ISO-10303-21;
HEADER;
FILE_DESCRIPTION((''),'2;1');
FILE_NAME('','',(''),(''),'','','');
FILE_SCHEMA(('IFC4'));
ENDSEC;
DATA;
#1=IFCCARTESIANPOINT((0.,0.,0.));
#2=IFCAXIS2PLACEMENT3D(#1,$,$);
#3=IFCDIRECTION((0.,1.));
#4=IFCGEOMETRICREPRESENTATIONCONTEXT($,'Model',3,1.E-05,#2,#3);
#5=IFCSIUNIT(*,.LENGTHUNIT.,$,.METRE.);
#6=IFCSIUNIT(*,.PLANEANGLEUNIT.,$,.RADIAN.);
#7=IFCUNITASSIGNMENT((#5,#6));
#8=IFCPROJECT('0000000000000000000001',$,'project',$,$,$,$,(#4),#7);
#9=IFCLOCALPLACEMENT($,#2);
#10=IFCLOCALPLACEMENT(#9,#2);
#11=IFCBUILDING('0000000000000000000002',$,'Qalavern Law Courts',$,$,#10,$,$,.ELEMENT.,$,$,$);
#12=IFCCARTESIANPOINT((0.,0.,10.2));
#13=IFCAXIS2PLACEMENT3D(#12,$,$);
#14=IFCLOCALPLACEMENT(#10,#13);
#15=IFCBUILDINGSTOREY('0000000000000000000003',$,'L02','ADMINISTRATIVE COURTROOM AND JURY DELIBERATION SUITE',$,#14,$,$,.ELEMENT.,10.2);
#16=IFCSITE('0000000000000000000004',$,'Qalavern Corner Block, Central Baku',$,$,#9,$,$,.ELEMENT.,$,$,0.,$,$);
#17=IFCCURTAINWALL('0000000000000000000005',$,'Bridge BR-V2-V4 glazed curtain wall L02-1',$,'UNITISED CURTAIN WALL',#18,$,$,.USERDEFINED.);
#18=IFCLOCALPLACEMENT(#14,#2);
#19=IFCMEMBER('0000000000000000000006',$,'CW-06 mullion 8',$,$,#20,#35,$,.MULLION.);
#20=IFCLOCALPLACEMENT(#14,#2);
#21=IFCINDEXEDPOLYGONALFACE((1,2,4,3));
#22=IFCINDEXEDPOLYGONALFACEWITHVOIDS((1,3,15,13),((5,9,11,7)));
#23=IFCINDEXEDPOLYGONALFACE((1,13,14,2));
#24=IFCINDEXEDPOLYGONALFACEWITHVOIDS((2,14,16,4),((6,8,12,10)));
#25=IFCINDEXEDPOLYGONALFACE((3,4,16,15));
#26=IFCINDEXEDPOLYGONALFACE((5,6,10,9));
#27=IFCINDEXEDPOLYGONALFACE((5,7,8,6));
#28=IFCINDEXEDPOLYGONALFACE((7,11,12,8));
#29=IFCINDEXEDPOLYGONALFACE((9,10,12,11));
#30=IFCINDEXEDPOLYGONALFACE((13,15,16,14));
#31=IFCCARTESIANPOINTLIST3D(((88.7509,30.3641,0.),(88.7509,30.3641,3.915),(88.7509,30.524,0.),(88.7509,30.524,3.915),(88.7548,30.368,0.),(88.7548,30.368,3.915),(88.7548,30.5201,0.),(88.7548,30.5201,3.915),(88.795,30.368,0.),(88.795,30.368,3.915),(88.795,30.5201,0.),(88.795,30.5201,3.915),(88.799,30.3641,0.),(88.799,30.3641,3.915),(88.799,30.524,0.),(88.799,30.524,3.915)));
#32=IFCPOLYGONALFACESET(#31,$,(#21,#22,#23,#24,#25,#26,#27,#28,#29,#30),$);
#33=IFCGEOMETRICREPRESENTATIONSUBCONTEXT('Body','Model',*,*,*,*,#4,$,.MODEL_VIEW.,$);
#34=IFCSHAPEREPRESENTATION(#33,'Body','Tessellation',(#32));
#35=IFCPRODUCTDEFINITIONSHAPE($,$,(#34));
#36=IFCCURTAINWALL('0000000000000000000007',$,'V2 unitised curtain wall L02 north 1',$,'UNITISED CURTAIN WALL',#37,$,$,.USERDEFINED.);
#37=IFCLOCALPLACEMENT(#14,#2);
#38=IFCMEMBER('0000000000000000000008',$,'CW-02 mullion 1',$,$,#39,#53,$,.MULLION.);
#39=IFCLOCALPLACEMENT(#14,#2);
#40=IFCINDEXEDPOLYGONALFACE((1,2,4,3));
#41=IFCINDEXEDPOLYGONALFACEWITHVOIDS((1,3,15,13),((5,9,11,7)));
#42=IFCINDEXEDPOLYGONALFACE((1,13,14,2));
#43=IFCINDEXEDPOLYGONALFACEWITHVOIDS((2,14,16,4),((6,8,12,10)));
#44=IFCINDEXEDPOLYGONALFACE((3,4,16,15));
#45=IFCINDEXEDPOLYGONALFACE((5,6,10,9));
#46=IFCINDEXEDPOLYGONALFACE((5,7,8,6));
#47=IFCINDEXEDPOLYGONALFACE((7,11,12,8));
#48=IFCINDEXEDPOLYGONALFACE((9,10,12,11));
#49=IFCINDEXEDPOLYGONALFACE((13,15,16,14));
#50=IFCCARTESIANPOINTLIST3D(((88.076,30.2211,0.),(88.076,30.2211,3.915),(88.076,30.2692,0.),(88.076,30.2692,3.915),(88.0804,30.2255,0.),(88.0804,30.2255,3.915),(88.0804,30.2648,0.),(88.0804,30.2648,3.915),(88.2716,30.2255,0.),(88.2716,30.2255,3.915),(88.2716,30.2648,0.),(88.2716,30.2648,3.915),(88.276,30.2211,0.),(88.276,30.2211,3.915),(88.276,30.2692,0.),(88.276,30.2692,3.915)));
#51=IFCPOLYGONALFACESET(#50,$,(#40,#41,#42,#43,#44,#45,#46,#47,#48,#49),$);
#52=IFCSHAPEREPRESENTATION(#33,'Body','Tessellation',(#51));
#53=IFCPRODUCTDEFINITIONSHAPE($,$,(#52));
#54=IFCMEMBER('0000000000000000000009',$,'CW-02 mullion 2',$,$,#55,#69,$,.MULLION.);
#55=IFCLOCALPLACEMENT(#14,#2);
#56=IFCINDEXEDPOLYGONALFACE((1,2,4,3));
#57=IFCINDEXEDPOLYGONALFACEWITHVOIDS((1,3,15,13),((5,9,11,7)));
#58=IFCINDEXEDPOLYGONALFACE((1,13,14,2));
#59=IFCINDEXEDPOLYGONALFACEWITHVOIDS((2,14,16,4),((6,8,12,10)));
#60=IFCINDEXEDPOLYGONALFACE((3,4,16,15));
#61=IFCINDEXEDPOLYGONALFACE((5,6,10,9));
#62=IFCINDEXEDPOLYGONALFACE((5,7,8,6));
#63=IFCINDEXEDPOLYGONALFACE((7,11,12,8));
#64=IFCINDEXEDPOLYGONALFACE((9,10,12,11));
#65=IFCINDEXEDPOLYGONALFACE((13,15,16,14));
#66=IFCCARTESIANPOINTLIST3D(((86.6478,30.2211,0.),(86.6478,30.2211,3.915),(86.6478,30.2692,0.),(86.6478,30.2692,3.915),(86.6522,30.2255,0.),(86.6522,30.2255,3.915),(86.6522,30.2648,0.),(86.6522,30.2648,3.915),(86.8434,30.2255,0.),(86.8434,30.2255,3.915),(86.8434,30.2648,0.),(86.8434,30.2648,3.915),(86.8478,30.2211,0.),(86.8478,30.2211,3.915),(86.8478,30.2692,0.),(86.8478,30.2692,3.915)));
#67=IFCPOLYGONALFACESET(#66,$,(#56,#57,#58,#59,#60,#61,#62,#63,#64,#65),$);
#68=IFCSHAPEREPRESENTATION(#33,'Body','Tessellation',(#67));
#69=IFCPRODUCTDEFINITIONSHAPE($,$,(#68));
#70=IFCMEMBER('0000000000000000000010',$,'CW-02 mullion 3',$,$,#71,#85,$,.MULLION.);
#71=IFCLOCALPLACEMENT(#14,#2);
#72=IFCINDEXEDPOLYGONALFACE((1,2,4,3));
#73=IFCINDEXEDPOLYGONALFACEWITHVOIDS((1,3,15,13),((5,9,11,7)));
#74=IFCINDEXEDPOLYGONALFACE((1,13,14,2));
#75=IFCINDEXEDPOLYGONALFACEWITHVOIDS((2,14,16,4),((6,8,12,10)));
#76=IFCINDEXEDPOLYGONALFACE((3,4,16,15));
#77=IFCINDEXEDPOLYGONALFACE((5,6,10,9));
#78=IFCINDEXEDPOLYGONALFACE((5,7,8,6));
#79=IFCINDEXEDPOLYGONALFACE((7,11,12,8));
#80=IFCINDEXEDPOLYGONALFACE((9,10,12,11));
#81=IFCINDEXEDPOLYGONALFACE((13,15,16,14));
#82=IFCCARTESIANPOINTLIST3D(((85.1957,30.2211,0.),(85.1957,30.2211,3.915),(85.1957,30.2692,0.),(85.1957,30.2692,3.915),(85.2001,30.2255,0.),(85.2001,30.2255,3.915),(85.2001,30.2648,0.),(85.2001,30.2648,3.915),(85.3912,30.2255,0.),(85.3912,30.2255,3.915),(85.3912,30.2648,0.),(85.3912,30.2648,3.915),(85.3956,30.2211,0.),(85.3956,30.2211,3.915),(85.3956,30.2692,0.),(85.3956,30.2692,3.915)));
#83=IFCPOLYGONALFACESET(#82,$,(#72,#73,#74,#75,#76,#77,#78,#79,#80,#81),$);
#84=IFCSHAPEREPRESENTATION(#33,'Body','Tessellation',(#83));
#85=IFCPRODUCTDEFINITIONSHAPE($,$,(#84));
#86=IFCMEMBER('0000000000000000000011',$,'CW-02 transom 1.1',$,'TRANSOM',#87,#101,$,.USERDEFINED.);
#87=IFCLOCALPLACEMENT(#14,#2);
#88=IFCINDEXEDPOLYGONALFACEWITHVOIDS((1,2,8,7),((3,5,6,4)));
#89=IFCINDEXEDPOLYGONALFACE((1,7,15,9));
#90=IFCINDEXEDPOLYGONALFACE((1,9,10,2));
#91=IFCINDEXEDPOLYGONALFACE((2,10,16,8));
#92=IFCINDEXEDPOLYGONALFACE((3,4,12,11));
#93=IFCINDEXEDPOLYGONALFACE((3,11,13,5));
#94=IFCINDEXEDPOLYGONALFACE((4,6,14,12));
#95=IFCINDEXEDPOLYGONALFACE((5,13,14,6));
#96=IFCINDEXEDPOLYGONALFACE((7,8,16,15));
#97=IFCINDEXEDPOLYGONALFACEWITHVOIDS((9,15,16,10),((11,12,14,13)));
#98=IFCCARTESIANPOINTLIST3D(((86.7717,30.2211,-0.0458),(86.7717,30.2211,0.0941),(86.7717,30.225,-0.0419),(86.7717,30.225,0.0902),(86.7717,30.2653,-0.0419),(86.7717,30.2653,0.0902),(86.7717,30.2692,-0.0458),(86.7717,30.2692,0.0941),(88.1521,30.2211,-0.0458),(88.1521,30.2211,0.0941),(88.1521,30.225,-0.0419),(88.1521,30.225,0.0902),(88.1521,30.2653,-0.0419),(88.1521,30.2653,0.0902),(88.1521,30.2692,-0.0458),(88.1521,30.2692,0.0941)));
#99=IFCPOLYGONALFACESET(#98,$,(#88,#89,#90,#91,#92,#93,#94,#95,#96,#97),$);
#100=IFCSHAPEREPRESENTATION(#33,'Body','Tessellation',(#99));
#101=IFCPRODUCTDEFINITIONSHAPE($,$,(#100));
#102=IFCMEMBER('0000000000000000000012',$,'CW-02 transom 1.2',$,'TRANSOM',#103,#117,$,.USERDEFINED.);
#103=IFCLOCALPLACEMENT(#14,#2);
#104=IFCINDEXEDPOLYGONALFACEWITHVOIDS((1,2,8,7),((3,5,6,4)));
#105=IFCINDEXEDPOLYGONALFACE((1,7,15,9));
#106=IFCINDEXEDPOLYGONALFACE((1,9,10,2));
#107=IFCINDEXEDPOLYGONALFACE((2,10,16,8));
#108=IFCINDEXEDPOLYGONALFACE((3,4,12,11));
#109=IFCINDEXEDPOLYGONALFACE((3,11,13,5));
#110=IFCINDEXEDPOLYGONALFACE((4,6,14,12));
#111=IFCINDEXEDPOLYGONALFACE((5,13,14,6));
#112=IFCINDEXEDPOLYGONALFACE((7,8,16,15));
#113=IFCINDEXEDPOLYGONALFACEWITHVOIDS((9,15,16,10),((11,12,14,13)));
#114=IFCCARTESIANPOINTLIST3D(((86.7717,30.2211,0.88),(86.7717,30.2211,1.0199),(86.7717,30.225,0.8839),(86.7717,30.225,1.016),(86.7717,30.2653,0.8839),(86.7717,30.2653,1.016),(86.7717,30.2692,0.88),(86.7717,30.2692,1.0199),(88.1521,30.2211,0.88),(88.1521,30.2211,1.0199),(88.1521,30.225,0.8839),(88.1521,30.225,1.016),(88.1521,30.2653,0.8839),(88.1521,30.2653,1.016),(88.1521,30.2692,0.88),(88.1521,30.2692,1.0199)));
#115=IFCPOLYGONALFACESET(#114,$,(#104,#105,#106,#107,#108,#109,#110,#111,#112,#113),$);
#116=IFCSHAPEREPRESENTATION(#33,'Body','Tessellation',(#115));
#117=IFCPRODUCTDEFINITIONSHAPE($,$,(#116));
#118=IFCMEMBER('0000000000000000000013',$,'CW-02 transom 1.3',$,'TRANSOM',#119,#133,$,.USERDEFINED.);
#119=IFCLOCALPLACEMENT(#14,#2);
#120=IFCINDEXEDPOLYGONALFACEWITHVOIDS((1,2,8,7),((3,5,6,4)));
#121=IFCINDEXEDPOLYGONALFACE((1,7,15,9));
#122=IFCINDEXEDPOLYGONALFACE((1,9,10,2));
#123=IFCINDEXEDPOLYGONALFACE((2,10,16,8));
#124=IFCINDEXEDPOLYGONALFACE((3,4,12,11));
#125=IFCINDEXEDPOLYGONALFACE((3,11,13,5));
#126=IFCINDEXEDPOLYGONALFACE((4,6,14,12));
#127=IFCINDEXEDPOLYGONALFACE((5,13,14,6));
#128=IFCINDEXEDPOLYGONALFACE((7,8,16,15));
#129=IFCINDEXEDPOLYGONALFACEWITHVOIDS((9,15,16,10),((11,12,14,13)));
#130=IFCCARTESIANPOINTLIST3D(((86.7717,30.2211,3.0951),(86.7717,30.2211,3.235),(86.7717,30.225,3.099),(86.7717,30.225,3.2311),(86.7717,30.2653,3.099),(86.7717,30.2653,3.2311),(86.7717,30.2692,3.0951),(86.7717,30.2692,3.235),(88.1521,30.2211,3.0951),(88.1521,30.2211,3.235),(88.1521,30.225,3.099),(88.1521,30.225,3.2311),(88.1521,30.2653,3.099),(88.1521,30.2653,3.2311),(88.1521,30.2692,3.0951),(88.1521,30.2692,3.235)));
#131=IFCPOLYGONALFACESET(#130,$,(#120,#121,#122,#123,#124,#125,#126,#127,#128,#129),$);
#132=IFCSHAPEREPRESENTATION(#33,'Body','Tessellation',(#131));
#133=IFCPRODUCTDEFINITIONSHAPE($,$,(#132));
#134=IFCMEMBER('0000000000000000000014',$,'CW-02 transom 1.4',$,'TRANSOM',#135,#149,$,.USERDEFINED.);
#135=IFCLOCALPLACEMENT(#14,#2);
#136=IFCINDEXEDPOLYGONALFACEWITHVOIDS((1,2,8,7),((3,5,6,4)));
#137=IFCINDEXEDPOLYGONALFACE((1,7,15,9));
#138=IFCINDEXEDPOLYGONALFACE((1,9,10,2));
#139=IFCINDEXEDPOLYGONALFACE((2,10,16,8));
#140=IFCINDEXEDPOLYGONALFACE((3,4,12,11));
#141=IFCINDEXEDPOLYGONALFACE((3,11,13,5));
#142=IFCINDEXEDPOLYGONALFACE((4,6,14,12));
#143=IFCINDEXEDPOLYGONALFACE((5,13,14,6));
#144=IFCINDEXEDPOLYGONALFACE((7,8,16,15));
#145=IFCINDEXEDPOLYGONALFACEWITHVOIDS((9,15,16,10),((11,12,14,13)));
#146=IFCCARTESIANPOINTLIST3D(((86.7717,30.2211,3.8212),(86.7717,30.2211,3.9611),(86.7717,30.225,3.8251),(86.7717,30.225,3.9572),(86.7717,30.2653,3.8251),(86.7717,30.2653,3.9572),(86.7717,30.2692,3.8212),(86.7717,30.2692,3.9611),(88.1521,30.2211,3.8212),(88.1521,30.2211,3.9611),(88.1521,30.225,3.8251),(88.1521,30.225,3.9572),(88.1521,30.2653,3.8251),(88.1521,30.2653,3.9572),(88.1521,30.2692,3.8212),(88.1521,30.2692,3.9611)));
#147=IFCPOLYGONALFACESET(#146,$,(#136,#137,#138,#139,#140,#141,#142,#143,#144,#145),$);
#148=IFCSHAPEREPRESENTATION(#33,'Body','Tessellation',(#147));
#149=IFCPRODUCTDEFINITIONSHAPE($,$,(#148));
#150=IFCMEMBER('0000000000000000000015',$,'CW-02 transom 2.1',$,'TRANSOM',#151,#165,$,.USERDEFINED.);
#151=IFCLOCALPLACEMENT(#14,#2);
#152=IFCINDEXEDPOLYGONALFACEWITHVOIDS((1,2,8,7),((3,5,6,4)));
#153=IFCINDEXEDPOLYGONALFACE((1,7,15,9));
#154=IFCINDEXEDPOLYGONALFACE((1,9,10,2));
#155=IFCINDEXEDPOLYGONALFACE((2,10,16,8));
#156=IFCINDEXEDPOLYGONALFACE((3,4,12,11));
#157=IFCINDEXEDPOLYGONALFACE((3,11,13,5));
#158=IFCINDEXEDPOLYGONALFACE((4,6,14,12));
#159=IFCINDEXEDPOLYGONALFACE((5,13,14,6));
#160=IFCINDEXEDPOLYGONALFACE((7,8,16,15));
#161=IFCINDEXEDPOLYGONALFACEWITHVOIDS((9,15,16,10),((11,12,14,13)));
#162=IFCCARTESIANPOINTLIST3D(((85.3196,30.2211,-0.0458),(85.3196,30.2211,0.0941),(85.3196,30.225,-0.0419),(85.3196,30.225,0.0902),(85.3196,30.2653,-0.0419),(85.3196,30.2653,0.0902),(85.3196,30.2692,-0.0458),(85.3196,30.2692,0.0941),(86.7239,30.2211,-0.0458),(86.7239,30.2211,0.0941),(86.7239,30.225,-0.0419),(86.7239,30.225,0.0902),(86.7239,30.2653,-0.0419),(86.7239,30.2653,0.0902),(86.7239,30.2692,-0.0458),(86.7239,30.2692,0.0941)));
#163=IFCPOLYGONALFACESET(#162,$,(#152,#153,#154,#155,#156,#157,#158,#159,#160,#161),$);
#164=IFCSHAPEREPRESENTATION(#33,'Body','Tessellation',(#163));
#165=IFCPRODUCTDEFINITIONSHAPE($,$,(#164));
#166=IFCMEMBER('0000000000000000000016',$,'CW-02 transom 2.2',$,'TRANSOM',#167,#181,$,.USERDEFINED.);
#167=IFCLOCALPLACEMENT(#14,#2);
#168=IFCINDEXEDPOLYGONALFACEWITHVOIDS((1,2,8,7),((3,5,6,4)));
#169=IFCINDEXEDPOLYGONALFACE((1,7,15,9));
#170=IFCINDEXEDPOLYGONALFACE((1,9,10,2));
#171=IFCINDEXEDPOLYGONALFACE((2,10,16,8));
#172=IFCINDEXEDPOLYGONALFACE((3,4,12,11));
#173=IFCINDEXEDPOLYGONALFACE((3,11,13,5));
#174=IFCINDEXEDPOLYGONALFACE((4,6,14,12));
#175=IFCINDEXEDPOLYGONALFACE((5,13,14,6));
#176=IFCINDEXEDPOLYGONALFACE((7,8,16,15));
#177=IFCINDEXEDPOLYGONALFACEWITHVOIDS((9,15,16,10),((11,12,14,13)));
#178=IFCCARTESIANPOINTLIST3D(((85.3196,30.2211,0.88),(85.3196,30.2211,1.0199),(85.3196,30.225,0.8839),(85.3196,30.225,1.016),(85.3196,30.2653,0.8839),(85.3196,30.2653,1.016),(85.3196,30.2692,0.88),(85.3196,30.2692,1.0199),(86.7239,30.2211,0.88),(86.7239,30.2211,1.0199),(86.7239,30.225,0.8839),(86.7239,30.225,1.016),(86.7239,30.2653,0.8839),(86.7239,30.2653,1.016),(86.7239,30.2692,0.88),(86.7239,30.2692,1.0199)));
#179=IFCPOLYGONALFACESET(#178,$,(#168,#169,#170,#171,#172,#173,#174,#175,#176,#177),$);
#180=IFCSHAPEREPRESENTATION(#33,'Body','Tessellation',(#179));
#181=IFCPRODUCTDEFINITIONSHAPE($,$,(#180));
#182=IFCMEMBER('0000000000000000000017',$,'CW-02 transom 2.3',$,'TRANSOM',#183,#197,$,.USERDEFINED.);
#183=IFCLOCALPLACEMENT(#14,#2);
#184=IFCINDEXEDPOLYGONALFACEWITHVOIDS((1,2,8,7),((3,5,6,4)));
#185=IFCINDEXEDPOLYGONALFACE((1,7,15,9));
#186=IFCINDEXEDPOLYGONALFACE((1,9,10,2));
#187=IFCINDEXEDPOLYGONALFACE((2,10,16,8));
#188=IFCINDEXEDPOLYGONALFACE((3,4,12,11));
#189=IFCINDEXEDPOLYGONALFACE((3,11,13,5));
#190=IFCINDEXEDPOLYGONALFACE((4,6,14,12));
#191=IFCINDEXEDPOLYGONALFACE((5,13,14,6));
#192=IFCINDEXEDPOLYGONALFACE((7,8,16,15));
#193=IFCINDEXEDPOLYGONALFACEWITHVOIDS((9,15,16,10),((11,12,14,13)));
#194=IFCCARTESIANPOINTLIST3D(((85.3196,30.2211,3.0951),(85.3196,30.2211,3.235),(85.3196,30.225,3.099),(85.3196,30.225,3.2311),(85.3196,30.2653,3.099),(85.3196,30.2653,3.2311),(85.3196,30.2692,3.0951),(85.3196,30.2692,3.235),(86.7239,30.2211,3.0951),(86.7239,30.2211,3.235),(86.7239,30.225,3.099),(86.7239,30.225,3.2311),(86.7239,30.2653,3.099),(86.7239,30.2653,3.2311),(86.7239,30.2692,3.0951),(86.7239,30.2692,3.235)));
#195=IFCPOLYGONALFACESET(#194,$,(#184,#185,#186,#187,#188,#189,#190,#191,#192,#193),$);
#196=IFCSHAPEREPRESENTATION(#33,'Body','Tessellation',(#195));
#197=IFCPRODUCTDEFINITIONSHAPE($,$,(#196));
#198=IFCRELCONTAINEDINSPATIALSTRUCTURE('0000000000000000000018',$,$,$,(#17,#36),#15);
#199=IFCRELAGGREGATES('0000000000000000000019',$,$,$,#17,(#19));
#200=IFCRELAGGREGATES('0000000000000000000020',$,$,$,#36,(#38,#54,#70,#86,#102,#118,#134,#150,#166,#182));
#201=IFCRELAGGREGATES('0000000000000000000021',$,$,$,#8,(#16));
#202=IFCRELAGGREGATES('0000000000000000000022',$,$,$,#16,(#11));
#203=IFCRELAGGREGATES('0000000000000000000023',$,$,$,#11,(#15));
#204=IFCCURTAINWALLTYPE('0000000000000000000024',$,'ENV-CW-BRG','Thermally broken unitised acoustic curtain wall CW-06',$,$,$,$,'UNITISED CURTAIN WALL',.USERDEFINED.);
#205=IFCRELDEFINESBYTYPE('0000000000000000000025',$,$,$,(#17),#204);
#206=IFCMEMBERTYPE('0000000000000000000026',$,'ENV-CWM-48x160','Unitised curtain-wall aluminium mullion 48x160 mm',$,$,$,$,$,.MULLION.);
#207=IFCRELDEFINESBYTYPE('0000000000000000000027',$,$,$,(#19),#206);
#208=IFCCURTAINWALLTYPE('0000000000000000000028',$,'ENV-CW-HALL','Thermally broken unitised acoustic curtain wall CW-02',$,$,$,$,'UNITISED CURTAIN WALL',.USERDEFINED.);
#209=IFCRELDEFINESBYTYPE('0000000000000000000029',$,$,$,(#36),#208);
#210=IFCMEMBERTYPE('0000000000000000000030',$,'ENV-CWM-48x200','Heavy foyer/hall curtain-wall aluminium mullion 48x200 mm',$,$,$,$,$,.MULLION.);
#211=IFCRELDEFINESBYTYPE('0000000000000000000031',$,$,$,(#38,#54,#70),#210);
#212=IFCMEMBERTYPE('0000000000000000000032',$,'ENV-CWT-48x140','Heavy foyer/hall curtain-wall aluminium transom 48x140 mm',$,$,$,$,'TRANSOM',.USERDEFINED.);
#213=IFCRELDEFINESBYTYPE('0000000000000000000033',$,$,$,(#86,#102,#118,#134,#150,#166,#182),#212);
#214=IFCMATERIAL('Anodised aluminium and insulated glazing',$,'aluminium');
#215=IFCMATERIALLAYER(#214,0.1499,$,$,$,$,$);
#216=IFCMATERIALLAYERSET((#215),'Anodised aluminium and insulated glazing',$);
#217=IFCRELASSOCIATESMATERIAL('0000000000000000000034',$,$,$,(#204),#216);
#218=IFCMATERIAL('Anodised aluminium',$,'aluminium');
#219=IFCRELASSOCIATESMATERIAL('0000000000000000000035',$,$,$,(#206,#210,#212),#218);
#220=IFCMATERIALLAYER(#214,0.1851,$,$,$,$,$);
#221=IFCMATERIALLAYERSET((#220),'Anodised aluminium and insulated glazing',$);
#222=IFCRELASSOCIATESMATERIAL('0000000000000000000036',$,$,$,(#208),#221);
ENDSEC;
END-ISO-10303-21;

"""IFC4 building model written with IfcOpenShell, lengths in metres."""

from ifc_helpers import new_model, si_unit, direction, frame, origin, origin_2d, place, context, subcontext, project, spatial, hollow_rectangle, extrude, material, layer, layer_set, material_profile, profile_set, type_object, element, aggregate, save


model = new_model("IFC4")

# Units and contexts
model_context = context("Model", 3, precision=1e-05, world=origin(), true_north=direction((0.0, 1.0)))
body_context = subcontext(model_context, "Body", "Model", "MODEL_VIEW")
ifc_project = project(units=[si_unit("LENGTHUNIT", "METRE"), si_unit("PLANEANGLEUNIT", "RADIAN")], contexts=[model_context])

# Site, building, storey
site_placement = place(None, origin())
site = spatial("IfcSite", under=ifc_project, at=site_placement, Name="Qalavern Corner Block, Central Baku", CompositionType="ELEMENT", RefElevation=0.0)
building_placement = place(site_placement, origin())
building = spatial("IfcBuilding", under=site, at=building_placement, Name="Qalavern Law Courts", CompositionType="ELEMENT")
storey_placement = place(building_placement, frame((0.0, 0.0, 10.2)))
storey = spatial("IfcBuildingStorey", under=building, at=storey_placement, Name="L02", Description="ADMINISTRATIVE COURTROOM AND JURY DELIBERATION SUITE", CompositionType="ELEMENT", Elevation=10.2)

# Curtain wall, member
ifc_material_1 = material(Name="Anodised aluminium and insulated glazing", Category="aluminium")
ifc_layer_1 = layer(ifc_material_1, 0.1499)
ifc_layer_set_1 = layer_set([ifc_layer_1], Name="Anodised aluminium and insulated glazing")
curtain_wall_type_1 = type_object("IfcCurtainWallType", Name="ENV-CW-BRG", Description="Thermally broken unitised acoustic curtain wall CW-06", ElementType="UNITISED CURTAIN WALL", PredefinedType="USERDEFINED", material=ifc_layer_set_1)
curtain_wall_1_placement = place(storey_placement, origin())
curtain_wall_1 = element("IfcCurtainWall", 1, at=curtain_wall_1_placement, inside=storey, type_object=curtain_wall_type_1, Name="Bridge BR-V2-V4 glazed curtain wall L02-1", ObjectType="UNITISED CURTAIN WALL", PredefinedType="USERDEFINED")
ifc_material_2 = material(Name="Anodised aluminium", Category="aluminium")
ifc_material_profile_1 = material_profile(ifc_material_2, hollow_rectangle(XDim=0.0481, YDim=0.1599, WallThickness=0.0039, at=origin_2d()), Name="ALU MULLION 48x160")
ifc_profile_set_1 = profile_set([ifc_material_profile_1], Name="Anodised aluminium")
member_type_1 = type_object("IfcMemberType", Name="ENV-CWM-48x160", Description="Unitised curtain-wall aluminium mullion 48x160 mm", PredefinedType="MULLION", material=ifc_profile_set_1)
member_1_placement = place(storey_placement, frame((88.7749, 30.4441, 0.0), z_axis=(0.0, 0.0, 1.0), x_axis=(1.0, 0.0, 0.0)))
member_1 = element("IfcMember", 2, at=member_1_placement, type_object=member_type_1, Name="CW-06 mullion 8", PredefinedType="MULLION", context=body_context, shape_type="SweptSolid", body=[
    extrude(hollow_rectangle(XDim=0.0481, YDim=0.1599, WallThickness=0.0039, at=origin_2d()), origin(), (0.0, 0.0, 1.0), 3.915),
])
aggregate(curtain_wall_1, [member_1])

# Curtain wall, members
ifc_layer_2 = layer(ifc_material_1, 0.1851)
ifc_layer_set_2 = layer_set([ifc_layer_2], Name="Anodised aluminium and insulated glazing")
curtain_wall_type_2 = type_object("IfcCurtainWallType", Name="ENV-CW-HALL", Description="Thermally broken unitised acoustic curtain wall CW-02", ElementType="UNITISED CURTAIN WALL", PredefinedType="USERDEFINED", material=ifc_layer_set_2)
curtain_wall_2_placement = place(storey_placement, origin())
curtain_wall_2 = element("IfcCurtainWall", 3, at=curtain_wall_2_placement, inside=storey, type_object=curtain_wall_type_2, Name="V2 unitised curtain wall L02 north 1", ObjectType="UNITISED CURTAIN WALL", PredefinedType="USERDEFINED")
ifc_material_profile_2 = material_profile(ifc_material_2, hollow_rectangle(XDim=0.0481, YDim=0.2, WallThickness=0.0044, at=origin_2d()), Name="ALU MULLION 48x200")
ifc_profile_set_2 = profile_set([ifc_material_profile_2], Name="Anodised aluminium")
member_type_2 = type_object("IfcMemberType", Name="ENV-CWM-48x200", Description="Heavy foyer/hall curtain-wall aluminium mullion 48x200 mm", PredefinedType="MULLION", material=ifc_profile_set_2)
member_2_placement = place(storey_placement, frame((88.176, 30.2451, 0.0), z_axis=(0.0, 0.0, 1.0), x_axis=(0.0, -1.0, 0.0)))
member_2 = element("IfcMember", 4, at=member_2_placement, type_object=member_type_2, Name="CW-02 mullion 1", PredefinedType="MULLION", context=body_context, shape_type="SweptSolid", body=[
    extrude(hollow_rectangle(XDim=0.0481, YDim=0.2, WallThickness=0.0044, at=origin_2d()), origin(), (0.0, 0.0, 1.0), 3.915),
])
member_3_placement = place(storey_placement, frame((86.7478, 30.2451, 0.0), z_axis=(0.0, 0.0, 1.0), x_axis=(0.0, -1.0, 0.0)))
member_3 = element("IfcMember", 5, at=member_3_placement, type_object=member_type_2, Name="CW-02 mullion 2", PredefinedType="MULLION", context=body_context, shape_type="SweptSolid", body=[
    extrude(hollow_rectangle(XDim=0.0481, YDim=0.2, WallThickness=0.0044, at=origin_2d()), origin(), (0.0, 0.0, 1.0), 3.915),
])
member_4_placement = place(storey_placement, frame((85.2957, 30.2451, 0.0), z_axis=(0.0, 0.0, 1.0), x_axis=(0.0, -1.0, 0.0)))
member_4 = element("IfcMember", 6, at=member_4_placement, type_object=member_type_2, Name="CW-02 mullion 3", PredefinedType="MULLION", context=body_context, shape_type="SweptSolid", body=[
    extrude(hollow_rectangle(XDim=0.0481, YDim=0.2, WallThickness=0.0044, at=origin_2d()), origin(), (0.0, 0.0, 1.0), 3.915),
])
ifc_material_profile_3 = material_profile(ifc_material_2, hollow_rectangle(XDim=0.0481, YDim=0.1399, WallThickness=0.0039, at=origin_2d()), Name="ALU TRANSOM 48x140")
ifc_profile_set_3 = profile_set([ifc_material_profile_3], Name="Anodised aluminium")
member_type_3 = type_object("IfcMemberType", Name="ENV-CWT-48x140", Description="Heavy foyer/hall curtain-wall aluminium transom 48x140 mm", ElementType="TRANSOM", PredefinedType="USERDEFINED", material=ifc_profile_set_3)
member_5_placement = place(storey_placement, frame((88.1521, 30.2451, 0.0242), z_axis=(-1.0, 0.0, 0.0), x_axis=(0.0, -1.0, 0.0)))
member_5 = element("IfcMember", 7, at=member_5_placement, type_object=member_type_3, Name="CW-02 transom 1.1", ObjectType="TRANSOM", PredefinedType="USERDEFINED", context=body_context, shape_type="SweptSolid", body=[
    extrude(hollow_rectangle(XDim=0.0481, YDim=0.1399, WallThickness=0.0039, at=origin_2d()), origin(), (0.0, 0.0, 1.0), 1.3804),
])
member_6_placement = place(storey_placement, frame((88.1521, 30.2451, 0.95), z_axis=(-1.0, 0.0, 0.0), x_axis=(0.0, -1.0, 0.0)))
member_6 = element("IfcMember", 8, at=member_6_placement, type_object=member_type_3, Name="CW-02 transom 1.2", ObjectType="TRANSOM", PredefinedType="USERDEFINED", context=body_context, shape_type="SweptSolid", body=[
    extrude(hollow_rectangle(XDim=0.0481, YDim=0.1399, WallThickness=0.0039, at=origin_2d()), origin(), (0.0, 0.0, 1.0), 1.3804),
])
member_7_placement = place(storey_placement, frame((88.1521, 30.2451, 3.165), z_axis=(-1.0, 0.0, 0.0), x_axis=(0.0, -1.0, 0.0)))
member_7 = element("IfcMember", 9, at=member_7_placement, type_object=member_type_3, Name="CW-02 transom 1.3", ObjectType="TRANSOM", PredefinedType="USERDEFINED", context=body_context, shape_type="SweptSolid", body=[
    extrude(hollow_rectangle(XDim=0.0481, YDim=0.1399, WallThickness=0.0039, at=origin_2d()), origin(), (0.0, 0.0, 1.0), 1.3804),
])
member_8_placement = place(storey_placement, frame((88.1521, 30.2451, 3.8911), z_axis=(-1.0, 0.0, 0.0), x_axis=(0.0, -1.0, 0.0)))
member_8 = element("IfcMember", 10, at=member_8_placement, type_object=member_type_3, Name="CW-02 transom 1.4", ObjectType="TRANSOM", PredefinedType="USERDEFINED", context=body_context, shape_type="SweptSolid", body=[
    extrude(hollow_rectangle(XDim=0.0481, YDim=0.1399, WallThickness=0.0039, at=origin_2d()), origin(), (0.0, 0.0, 1.0), 1.3804),
])
member_9_placement = place(storey_placement, frame((86.7239, 30.2451, 0.0242), z_axis=(-1.0, 0.0, 0.0), x_axis=(0.0, -1.0, 0.0)))
member_9 = element("IfcMember", 11, at=member_9_placement, type_object=member_type_3, Name="CW-02 transom 2.1", ObjectType="TRANSOM", PredefinedType="USERDEFINED", context=body_context, shape_type="SweptSolid", body=[
    extrude(hollow_rectangle(XDim=0.0481, YDim=0.1399, WallThickness=0.0039, at=origin_2d()), origin(), (0.0, 0.0, 1.0), 1.4043),
])
member_10_placement = place(storey_placement, frame((86.7239, 30.2451, 0.95), z_axis=(-1.0, 0.0, 0.0), x_axis=(0.0, -1.0, 0.0)))
member_10 = element("IfcMember", 12, at=member_10_placement, type_object=member_type_3, Name="CW-02 transom 2.2", ObjectType="TRANSOM", PredefinedType="USERDEFINED", context=body_context, shape_type="SweptSolid", body=[
    extrude(hollow_rectangle(XDim=0.0481, YDim=0.1399, WallThickness=0.0039, at=origin_2d()), origin(), (0.0, 0.0, 1.0), 1.4043),
])
member_11_placement = place(storey_placement, frame((86.7239, 30.2451, 3.165), z_axis=(-1.0, 0.0, 0.0), x_axis=(0.0, -1.0, 0.0)))
member_11 = element("IfcMember", 13, at=member_11_placement, type_object=member_type_3, Name="CW-02 transom 2.3", ObjectType="TRANSOM", PredefinedType="USERDEFINED", context=body_context, shape_type="SweptSolid", body=[
    extrude(hollow_rectangle(XDim=0.0481, YDim=0.1399, WallThickness=0.0039, at=origin_2d()), origin(), (0.0, 0.0, 1.0), 1.4043),
])
aggregate(curtain_wall_2, [member_2, member_3, member_4, member_5, member_6, member_7, member_8, member_9, member_10, member_11])

save(model, "model.ifc")
